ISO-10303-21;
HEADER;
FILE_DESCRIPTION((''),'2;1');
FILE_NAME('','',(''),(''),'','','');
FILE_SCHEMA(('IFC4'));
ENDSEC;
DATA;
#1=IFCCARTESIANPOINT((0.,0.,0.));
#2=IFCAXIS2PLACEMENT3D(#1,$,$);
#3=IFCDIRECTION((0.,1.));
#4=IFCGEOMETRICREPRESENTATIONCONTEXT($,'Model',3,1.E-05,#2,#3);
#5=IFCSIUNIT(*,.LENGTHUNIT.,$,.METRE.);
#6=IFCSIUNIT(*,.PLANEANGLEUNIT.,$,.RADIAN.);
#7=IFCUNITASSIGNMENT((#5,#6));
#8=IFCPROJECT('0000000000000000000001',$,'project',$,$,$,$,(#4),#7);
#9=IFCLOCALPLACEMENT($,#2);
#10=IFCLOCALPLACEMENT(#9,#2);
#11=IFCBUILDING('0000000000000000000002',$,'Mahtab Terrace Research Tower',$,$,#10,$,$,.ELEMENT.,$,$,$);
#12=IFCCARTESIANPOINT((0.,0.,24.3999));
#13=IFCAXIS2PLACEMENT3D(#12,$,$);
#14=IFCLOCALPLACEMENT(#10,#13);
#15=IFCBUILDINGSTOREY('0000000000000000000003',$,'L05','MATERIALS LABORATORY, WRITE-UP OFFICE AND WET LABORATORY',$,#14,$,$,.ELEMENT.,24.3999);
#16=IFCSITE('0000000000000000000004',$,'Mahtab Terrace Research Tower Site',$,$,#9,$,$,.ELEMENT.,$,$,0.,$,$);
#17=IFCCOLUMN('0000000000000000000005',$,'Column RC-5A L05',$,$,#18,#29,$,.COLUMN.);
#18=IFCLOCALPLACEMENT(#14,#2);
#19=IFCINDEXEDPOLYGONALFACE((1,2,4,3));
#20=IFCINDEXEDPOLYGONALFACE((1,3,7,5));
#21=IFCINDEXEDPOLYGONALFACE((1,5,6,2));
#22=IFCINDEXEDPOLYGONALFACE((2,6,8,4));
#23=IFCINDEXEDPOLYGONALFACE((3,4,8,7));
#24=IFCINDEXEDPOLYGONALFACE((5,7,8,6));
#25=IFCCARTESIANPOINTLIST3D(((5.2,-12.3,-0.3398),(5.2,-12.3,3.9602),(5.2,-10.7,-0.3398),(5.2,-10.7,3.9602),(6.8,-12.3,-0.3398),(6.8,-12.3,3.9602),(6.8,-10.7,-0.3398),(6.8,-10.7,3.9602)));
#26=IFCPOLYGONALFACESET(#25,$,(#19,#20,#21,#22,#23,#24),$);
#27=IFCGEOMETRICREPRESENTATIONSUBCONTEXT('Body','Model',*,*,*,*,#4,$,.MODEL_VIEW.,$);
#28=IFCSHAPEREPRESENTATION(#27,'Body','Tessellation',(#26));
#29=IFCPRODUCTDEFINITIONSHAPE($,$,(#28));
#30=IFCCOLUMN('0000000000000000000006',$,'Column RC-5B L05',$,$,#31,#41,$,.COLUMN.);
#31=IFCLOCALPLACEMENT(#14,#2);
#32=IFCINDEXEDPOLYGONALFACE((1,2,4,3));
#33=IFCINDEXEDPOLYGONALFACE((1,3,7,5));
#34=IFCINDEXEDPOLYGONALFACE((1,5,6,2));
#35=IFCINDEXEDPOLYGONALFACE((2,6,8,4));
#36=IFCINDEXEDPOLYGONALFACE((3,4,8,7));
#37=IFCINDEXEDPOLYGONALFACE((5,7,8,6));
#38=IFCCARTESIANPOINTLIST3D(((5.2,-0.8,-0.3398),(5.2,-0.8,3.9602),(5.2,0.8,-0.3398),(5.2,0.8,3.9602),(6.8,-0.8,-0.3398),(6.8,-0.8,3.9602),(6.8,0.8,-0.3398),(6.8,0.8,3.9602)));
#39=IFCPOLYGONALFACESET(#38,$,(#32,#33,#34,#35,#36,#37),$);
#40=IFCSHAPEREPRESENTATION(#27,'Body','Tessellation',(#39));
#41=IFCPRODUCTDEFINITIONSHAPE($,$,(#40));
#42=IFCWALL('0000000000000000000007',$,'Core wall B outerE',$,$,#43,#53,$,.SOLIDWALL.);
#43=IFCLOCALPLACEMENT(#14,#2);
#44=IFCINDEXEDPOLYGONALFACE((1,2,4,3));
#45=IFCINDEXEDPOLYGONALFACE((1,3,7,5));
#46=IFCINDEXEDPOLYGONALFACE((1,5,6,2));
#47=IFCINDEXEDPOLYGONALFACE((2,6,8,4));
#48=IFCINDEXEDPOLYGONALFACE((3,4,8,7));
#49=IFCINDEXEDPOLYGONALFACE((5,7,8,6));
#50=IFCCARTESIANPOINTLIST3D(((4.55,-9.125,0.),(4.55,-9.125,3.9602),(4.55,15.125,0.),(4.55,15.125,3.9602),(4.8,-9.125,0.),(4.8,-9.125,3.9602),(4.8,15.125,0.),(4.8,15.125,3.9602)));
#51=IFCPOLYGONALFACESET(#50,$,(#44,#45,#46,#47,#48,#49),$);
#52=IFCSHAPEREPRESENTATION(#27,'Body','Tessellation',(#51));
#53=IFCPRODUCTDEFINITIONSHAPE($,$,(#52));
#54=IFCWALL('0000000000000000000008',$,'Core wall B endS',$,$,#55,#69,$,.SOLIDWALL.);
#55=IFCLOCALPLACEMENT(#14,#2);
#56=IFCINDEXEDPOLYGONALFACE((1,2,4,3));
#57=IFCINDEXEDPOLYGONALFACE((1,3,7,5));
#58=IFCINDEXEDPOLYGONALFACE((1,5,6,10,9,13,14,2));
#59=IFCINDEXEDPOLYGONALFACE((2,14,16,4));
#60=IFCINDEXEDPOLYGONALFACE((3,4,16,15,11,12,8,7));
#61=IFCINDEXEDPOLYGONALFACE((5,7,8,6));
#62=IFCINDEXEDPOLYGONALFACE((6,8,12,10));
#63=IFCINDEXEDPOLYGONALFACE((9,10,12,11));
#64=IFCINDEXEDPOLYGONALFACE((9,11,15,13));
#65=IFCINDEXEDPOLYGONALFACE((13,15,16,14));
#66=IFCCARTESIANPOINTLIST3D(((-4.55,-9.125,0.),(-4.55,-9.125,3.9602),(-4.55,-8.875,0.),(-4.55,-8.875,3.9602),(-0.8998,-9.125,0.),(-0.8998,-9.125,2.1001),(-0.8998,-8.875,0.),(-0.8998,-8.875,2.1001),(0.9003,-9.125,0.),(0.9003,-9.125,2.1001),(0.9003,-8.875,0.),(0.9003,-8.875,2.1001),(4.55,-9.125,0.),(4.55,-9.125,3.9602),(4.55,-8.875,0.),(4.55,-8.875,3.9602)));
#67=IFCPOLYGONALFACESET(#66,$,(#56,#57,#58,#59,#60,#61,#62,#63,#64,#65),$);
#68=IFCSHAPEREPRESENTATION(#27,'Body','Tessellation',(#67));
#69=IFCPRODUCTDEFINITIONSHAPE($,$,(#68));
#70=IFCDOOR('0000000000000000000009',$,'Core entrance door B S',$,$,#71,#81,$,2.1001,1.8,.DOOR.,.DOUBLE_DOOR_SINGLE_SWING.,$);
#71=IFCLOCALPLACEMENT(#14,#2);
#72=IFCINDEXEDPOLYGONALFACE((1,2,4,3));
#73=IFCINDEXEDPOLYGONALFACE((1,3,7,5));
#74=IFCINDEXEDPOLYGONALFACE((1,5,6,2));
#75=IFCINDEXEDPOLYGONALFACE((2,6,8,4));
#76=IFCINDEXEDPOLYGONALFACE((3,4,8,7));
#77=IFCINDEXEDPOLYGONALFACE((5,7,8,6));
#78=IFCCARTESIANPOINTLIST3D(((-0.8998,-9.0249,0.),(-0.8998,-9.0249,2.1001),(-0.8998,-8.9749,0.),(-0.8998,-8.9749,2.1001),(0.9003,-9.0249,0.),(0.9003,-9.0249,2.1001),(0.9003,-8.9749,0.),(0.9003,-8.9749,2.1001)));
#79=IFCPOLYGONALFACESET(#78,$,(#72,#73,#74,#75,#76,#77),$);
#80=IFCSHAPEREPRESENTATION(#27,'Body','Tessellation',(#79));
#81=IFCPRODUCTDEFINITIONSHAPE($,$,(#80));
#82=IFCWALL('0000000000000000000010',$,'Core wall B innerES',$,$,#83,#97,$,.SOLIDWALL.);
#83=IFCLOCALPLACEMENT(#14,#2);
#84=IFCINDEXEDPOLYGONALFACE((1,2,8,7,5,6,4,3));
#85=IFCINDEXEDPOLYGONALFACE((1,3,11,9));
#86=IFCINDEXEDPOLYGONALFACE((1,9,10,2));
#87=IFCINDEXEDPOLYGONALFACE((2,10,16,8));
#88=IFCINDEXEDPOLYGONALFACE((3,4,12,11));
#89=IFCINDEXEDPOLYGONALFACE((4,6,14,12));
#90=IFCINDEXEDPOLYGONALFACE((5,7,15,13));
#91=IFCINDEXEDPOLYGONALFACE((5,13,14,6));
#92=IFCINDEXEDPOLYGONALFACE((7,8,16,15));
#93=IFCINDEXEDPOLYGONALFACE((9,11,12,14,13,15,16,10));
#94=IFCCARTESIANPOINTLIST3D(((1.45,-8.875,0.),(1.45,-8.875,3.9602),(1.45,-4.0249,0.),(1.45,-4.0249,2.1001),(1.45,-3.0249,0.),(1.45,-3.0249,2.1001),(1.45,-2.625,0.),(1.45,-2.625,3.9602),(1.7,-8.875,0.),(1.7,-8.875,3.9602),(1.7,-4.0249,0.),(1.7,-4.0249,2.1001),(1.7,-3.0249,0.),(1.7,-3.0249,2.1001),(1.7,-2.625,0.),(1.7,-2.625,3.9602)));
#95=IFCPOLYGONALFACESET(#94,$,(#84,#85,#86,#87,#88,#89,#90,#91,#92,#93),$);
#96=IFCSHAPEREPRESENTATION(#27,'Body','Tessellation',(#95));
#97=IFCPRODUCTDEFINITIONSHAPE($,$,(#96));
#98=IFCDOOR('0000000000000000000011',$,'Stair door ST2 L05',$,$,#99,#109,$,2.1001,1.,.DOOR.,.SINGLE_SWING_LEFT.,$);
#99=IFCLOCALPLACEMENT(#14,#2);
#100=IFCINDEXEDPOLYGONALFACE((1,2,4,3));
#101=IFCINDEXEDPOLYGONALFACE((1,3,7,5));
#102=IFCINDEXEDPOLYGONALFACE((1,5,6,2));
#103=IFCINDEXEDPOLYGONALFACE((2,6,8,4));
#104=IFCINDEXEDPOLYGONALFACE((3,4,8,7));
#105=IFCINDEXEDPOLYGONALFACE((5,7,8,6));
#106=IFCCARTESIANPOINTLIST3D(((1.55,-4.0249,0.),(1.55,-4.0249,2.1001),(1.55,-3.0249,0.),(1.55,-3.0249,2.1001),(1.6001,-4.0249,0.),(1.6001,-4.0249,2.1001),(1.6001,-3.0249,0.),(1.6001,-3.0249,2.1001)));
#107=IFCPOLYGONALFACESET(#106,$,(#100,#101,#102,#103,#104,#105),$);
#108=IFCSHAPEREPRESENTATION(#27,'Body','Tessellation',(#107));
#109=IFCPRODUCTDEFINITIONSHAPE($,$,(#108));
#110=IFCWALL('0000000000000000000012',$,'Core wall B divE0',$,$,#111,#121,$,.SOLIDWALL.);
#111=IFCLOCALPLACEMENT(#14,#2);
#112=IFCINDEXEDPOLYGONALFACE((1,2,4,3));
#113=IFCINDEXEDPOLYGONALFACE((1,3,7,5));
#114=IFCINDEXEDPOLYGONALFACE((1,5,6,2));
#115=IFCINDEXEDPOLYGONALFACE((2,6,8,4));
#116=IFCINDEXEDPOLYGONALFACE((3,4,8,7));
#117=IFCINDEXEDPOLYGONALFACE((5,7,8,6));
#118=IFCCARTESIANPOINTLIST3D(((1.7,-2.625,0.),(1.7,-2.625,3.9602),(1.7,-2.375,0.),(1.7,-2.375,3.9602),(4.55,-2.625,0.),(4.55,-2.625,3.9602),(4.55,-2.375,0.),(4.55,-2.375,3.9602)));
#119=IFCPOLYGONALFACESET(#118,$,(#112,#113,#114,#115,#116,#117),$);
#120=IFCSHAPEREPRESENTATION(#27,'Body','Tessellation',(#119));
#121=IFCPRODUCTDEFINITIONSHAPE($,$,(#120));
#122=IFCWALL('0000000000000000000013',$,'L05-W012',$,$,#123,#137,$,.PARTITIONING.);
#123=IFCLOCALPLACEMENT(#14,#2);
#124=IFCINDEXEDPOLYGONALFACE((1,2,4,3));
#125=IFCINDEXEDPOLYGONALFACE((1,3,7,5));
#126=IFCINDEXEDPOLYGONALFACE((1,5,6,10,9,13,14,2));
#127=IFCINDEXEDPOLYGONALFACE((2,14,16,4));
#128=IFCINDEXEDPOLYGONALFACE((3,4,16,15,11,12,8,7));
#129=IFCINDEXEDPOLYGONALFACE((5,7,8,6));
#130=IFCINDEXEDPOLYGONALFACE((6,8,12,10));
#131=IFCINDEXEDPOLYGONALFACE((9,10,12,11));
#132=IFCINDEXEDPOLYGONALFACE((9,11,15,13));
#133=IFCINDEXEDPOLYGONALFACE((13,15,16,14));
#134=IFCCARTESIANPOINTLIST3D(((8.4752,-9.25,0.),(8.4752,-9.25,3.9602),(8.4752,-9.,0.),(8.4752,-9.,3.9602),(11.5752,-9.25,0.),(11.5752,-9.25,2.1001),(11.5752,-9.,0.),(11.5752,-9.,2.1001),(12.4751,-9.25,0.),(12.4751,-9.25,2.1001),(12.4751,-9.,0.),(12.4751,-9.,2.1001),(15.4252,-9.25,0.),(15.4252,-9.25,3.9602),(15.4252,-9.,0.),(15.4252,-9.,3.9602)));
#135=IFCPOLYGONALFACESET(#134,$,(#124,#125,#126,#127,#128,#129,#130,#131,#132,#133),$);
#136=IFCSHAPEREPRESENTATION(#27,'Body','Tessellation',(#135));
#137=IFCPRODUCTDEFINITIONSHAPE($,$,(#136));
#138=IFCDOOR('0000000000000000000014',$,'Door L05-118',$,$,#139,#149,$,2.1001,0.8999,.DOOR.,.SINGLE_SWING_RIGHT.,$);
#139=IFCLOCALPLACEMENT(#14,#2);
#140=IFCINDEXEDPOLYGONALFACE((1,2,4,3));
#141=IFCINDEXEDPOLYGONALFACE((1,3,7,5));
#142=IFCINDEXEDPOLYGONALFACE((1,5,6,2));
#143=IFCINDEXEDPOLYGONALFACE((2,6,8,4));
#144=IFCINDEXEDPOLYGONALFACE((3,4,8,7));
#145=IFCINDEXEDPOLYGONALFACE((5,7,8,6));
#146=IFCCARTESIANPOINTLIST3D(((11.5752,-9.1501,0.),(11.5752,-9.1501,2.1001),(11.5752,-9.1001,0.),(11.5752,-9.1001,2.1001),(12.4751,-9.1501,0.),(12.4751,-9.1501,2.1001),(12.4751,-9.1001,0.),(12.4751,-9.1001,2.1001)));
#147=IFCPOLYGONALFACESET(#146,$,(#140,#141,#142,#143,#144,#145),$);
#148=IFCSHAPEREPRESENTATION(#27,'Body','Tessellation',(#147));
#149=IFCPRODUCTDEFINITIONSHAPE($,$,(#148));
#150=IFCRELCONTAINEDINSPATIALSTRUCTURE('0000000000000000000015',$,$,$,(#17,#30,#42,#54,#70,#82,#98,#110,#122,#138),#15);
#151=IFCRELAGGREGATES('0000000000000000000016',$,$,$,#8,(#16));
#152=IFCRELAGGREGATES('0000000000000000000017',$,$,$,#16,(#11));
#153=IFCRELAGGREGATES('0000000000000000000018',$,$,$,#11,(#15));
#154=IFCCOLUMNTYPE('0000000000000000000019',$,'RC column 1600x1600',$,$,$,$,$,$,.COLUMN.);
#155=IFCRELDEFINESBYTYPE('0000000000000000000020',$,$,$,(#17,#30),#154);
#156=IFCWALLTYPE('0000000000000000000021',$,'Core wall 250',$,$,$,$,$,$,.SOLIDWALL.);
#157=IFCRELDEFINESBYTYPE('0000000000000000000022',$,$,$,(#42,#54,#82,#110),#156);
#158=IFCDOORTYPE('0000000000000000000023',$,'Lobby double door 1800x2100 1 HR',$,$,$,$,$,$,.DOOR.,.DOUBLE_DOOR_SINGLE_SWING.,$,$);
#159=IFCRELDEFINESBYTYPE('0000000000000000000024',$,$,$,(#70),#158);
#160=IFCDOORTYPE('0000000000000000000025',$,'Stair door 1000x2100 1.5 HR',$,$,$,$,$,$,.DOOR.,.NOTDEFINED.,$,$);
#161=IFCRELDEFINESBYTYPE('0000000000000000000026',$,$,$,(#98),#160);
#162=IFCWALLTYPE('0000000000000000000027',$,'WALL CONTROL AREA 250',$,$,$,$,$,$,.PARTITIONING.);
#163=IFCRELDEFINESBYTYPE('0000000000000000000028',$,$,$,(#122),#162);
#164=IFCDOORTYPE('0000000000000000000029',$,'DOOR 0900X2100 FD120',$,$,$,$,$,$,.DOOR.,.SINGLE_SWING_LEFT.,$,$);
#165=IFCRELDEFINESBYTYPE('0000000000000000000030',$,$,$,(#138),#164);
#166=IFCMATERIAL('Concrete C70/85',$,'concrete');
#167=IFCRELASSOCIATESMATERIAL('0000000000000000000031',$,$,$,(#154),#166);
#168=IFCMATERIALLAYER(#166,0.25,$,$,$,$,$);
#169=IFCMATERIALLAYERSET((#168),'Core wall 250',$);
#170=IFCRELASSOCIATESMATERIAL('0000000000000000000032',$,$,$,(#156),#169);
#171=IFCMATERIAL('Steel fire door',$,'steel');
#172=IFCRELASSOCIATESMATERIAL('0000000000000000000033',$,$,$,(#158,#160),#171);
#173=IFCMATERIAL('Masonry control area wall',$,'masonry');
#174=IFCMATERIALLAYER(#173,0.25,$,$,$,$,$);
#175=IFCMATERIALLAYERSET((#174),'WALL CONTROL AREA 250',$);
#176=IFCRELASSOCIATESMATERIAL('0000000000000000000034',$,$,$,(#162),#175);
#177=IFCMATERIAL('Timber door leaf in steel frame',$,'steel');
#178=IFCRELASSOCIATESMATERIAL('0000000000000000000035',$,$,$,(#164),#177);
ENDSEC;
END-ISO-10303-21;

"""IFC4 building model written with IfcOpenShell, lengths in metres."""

from ifc_helpers import new_model, si_unit, direction, frame, frame_2d, origin, origin_2d, place, context, subcontext, project, spatial, rectangle, extrude, material, layer, layer_set, material_profile, profile_set, type_object, element, fill, save


model = new_model("IFC4")

# Units and contexts
model_context = context("Model", 3, precision=1e-05, world=origin(), true_north=direction((0.0, 1.0)))
body_context = subcontext(model_context, "Body", "Model", "MODEL_VIEW")
ifc_project = project(units=[si_unit("LENGTHUNIT", "METRE"), si_unit("PLANEANGLEUNIT", "RADIAN")], contexts=[model_context])

# Site, building, storey
site_placement = place(None, origin())
site = spatial("IfcSite", under=ifc_project, at=site_placement, Name="Mahtab Terrace Research Tower Site", CompositionType="ELEMENT", RefElevation=0.0)
building_placement = place(site_placement, origin())
building = spatial("IfcBuilding", under=site, at=building_placement, Name="Mahtab Terrace Research Tower", CompositionType="ELEMENT")
storey_placement = place(building_placement, frame((0.0, 0.0, 24.3999)))
storey = spatial("IfcBuildingStorey", under=building, at=storey_placement, Name="L05", Description="MATERIALS LABORATORY, WRITE-UP OFFICE AND WET LABORATORY", CompositionType="ELEMENT", Elevation=24.3999)

# Columns
ifc_material_1 = material(Name="Concrete C70/85", Category="concrete")
ifc_material_profile = material_profile(ifc_material_1, rectangle(XDim=1.6001, YDim=1.6001, at=origin_2d()), Name="RC column 1600x1600")
ifc_profile_set = profile_set([ifc_material_profile], Name="Concrete C70/85")
column_type = type_object("IfcColumnType", Name="RC column 1600x1600", PredefinedType="COLUMN", material=ifc_profile_set)
for number, where, z_axis, x_axis, name in (
    (1, (6.0, -11.5, -0.3398), (0.0, 0.0, 1.0), (1.0, 0.0, 0.0), "Column RC-5A L05"),
    (2, (6.0, 0.0, -0.3398), (0.0, 0.0, 1.0), (1.0, 0.0, 0.0), "Column RC-5B L05"),
):
    element("IfcColumn", number, at=place(storey_placement, frame(where, z_axis=z_axis, x_axis=x_axis)), inside=storey, type_object=column_type, Name=name, PredefinedType="COLUMN", context=body_context, shape_type="SweptSolid", body=[
        extrude(rectangle(XDim=1.6001, YDim=1.6001, at=origin_2d()), origin(), (0.0, 0.0, 1.0), 4.3),
    ])

# Wall
ifc_layer_1 = layer(ifc_material_1, 0.25)
ifc_layer_set_1 = layer_set([ifc_layer_1], Name="Core wall 250")
wall_type_1 = type_object("IfcWallType", Name="Core wall 250", PredefinedType="SOLIDWALL", material=ifc_layer_set_1)
wall_1_placement = place(storey_placement, frame((4.675, -9.125, 0.0), z_axis=(0.0, 0.0, 1.0), x_axis=(0.0, 1.0, 0.0)))
element("IfcWall", 3, at=wall_1_placement, inside=storey, type_object=wall_type_1, Name="Core wall B outerE", PredefinedType="SOLIDWALL", context=body_context, shape_type="SweptSolid", body=[
    extrude(rectangle(XDim=24.25, YDim=0.25, at=frame_2d((12.125, 0.0))), origin(), (0.0, 0.0, 1.0), 3.9602),
])

# Walls, openings, doors
wall_2_placement = place(storey_placement, frame((4.55, -9.0, 0.0), z_axis=(0.0, 0.0, 1.0), x_axis=(-1.0, 0.0, 0.0)))
wall_2 = element("IfcWall", 4, at=wall_2_placement, inside=storey, type_object=wall_type_1, Name="Core wall B endS", PredefinedType="SOLIDWALL", context=body_context, shape_type="SweptSolid", body=[
    extrude(rectangle(XDim=9.1001, YDim=0.25, at=frame_2d((4.55, 0.0))), origin(), (0.0, 0.0, 1.0), 3.9602),
])
opening_1_placement = place(wall_2_placement, frame((3.6499, 0.0, 0.0)))
opening_1 = element("IfcOpeningElement", 5, at=opening_1_placement, cuts=wall_2, PredefinedType="OPENING", context=body_context, shape_type="SweptSolid", body=[
    extrude(rectangle(XDim=1.8, YDim=2.1001, at=frame_2d((0.8999, 1.05))), frame((0.0, 0.135, 0.0), z_axis=(0.0, -1.0, 0.0), x_axis=(1.0, 0.0, 0.0)), (0.0, 0.0, 1.0), 0.27),
])
ifc_material_2 = material(Name="Steel fire door", Category="steel")
door_type_1 = type_object("IfcDoorType", Name="Lobby double door 1800x2100 1 HR", OperationType="DOUBLE_DOOR_SINGLE_SWING", PredefinedType="DOOR", material=ifc_material_2)
door_1_placement = place(opening_1_placement, origin())
door_1 = element("IfcDoor", 6, at=door_1_placement, inside=storey, type_object=door_type_1, Name="Core entrance door B S", OperationType="DOUBLE_DOOR_SINGLE_SWING", OverallHeight=2.1001, OverallWidth=1.8, PredefinedType="DOOR", context=body_context, shape_type="SweptSolid", body=[
    extrude(rectangle(XDim=1.8, YDim=2.1001, at=frame_2d((0.8999, 1.05))), frame((0.0, 0.0249, 0.0), z_axis=(0.0, -1.0, 0.0), x_axis=(1.0, 0.0, 0.0)), (0.0, 0.0, 1.0), 0.05),
])
fill(opening_1, door_1)
wall_3_placement = place(storey_placement, frame((1.575, -8.875, 0.0), z_axis=(0.0, 0.0, 1.0), x_axis=(0.0, 1.0, 0.0)))
wall_3 = element("IfcWall", 7, at=wall_3_placement, inside=storey, type_object=wall_type_1, Name="Core wall B innerES", PredefinedType="SOLIDWALL", context=body_context, shape_type="SweptSolid", body=[
    extrude(rectangle(XDim=6.25, YDim=0.25, at=frame_2d((3.125, 0.0))), origin(), (0.0, 0.0, 1.0), 3.9602),
])
opening_2_placement = place(wall_3_placement, frame((4.8501, 0.0, 0.0)))
opening_2 = element("IfcOpeningElement", 8, at=opening_2_placement, cuts=wall_3, PredefinedType="OPENING", context=body_context, shape_type="SweptSolid", body=[
    extrude(rectangle(XDim=1.0, YDim=2.1001, at=frame_2d((0.5, 1.05))), frame((0.0, 0.135, 0.0), z_axis=(0.0, -1.0, 0.0), x_axis=(1.0, 0.0, 0.0)), (0.0, 0.0, 1.0), 0.27),
])
door_type_2 = type_object("IfcDoorType", Name="Stair door 1000x2100 1.5 HR", OperationType="NOTDEFINED", PredefinedType="DOOR", material=ifc_material_2)
door_2_placement = place(opening_2_placement, origin())
door_2 = element("IfcDoor", 9, at=door_2_placement, inside=storey, type_object=door_type_2, Name="Stair door ST2 L05", OperationType="SINGLE_SWING_LEFT", OverallHeight=2.1001, OverallWidth=1.0, PredefinedType="DOOR", context=body_context, shape_type="SweptSolid", body=[
    extrude(rectangle(XDim=1.0, YDim=2.1001, at=frame_2d((0.5, 1.05))), frame((0.0, 0.0249, 0.0), z_axis=(0.0, -1.0, 0.0), x_axis=(1.0, 0.0, 0.0)), (0.0, 0.0, 1.0), 0.05),
])
fill(opening_2, door_2)

# Wall
wall_4_placement = place(storey_placement, frame((1.7, -2.5, 0.0), z_axis=(0.0, 0.0, 1.0), x_axis=(1.0, 0.0, 0.0)))
element("IfcWall", 10, at=wall_4_placement, inside=storey, type_object=wall_type_1, Name="Core wall B divE0", PredefinedType="SOLIDWALL", context=body_context, shape_type="SweptSolid", body=[
    extrude(rectangle(XDim=2.8501, YDim=0.25, at=frame_2d((1.425, 0.0))), origin(), (0.0, 0.0, 1.0), 3.9602),
])

# Wall, opening, door
ifc_material_3 = material(Name="Masonry control area wall", Category="masonry")
ifc_layer_2 = layer(ifc_material_3, 0.25)
ifc_layer_set_2 = layer_set([ifc_layer_2], Name="WALL CONTROL AREA 250")
wall_type_2 = type_object("IfcWallType", Name="WALL CONTROL AREA 250", PredefinedType="PARTITIONING", material=ifc_layer_set_2)
wall_5_placement = place(storey_placement, frame((8.4751, -9.125, 0.0), z_axis=(0.0, 0.0, 1.0), x_axis=(1.0, 0.0, 0.0)))
wall_5 = element("IfcWall", 11, at=wall_5_placement, inside=storey, type_object=wall_type_2, Name="L05-W012", PredefinedType="PARTITIONING", context=body_context, shape_type="SweptSolid", body=[
    extrude(rectangle(XDim=6.95, YDim=0.25, at=frame_2d((3.4751, 0.0))), origin(), (0.0, 0.0, 1.0), 3.9602),
])
opening_3_placement = place(wall_5_placement, frame((3.1001, 0.0, 0.0)))
opening_3 = element("IfcOpeningElement", 12, at=opening_3_placement, cuts=wall_5, PredefinedType="OPENING", context=body_context, shape_type="SweptSolid", body=[
    extrude(rectangle(XDim=0.8999, YDim=2.1001, at=frame_2d((0.45, 1.05))), frame((0.0, 0.135, 0.0), z_axis=(0.0, -1.0, 0.0), x_axis=(1.0, 0.0, 0.0)), (0.0, 0.0, 1.0), 0.27),
])
ifc_material_4 = material(Name="Timber door leaf in steel frame", Category="steel")
door_type_3 = type_object("IfcDoorType", Name="DOOR 0900X2100 FD120", OperationType="SINGLE_SWING_LEFT", PredefinedType="DOOR", material=ifc_material_4)
door_3_placement = place(opening_3_placement, origin())
door_3 = element("IfcDoor", 13, at=door_3_placement, inside=storey, type_object=door_type_3, Name="Door L05-118", OperationType="SINGLE_SWING_RIGHT", OverallHeight=2.1001, OverallWidth=0.8999, PredefinedType="DOOR", context=body_context, shape_type="SweptSolid", body=[
    extrude(rectangle(XDim=0.8999, YDim=2.1001, at=frame_2d((0.45, 1.05))), frame((0.0, 0.0249, 0.0), z_axis=(0.0, -1.0, 0.0), x_axis=(1.0, 0.0, 0.0)), (0.0, 0.0, 1.0), 0.05),
])
fill(opening_3, door_3)

save(model, "model.ifc")
